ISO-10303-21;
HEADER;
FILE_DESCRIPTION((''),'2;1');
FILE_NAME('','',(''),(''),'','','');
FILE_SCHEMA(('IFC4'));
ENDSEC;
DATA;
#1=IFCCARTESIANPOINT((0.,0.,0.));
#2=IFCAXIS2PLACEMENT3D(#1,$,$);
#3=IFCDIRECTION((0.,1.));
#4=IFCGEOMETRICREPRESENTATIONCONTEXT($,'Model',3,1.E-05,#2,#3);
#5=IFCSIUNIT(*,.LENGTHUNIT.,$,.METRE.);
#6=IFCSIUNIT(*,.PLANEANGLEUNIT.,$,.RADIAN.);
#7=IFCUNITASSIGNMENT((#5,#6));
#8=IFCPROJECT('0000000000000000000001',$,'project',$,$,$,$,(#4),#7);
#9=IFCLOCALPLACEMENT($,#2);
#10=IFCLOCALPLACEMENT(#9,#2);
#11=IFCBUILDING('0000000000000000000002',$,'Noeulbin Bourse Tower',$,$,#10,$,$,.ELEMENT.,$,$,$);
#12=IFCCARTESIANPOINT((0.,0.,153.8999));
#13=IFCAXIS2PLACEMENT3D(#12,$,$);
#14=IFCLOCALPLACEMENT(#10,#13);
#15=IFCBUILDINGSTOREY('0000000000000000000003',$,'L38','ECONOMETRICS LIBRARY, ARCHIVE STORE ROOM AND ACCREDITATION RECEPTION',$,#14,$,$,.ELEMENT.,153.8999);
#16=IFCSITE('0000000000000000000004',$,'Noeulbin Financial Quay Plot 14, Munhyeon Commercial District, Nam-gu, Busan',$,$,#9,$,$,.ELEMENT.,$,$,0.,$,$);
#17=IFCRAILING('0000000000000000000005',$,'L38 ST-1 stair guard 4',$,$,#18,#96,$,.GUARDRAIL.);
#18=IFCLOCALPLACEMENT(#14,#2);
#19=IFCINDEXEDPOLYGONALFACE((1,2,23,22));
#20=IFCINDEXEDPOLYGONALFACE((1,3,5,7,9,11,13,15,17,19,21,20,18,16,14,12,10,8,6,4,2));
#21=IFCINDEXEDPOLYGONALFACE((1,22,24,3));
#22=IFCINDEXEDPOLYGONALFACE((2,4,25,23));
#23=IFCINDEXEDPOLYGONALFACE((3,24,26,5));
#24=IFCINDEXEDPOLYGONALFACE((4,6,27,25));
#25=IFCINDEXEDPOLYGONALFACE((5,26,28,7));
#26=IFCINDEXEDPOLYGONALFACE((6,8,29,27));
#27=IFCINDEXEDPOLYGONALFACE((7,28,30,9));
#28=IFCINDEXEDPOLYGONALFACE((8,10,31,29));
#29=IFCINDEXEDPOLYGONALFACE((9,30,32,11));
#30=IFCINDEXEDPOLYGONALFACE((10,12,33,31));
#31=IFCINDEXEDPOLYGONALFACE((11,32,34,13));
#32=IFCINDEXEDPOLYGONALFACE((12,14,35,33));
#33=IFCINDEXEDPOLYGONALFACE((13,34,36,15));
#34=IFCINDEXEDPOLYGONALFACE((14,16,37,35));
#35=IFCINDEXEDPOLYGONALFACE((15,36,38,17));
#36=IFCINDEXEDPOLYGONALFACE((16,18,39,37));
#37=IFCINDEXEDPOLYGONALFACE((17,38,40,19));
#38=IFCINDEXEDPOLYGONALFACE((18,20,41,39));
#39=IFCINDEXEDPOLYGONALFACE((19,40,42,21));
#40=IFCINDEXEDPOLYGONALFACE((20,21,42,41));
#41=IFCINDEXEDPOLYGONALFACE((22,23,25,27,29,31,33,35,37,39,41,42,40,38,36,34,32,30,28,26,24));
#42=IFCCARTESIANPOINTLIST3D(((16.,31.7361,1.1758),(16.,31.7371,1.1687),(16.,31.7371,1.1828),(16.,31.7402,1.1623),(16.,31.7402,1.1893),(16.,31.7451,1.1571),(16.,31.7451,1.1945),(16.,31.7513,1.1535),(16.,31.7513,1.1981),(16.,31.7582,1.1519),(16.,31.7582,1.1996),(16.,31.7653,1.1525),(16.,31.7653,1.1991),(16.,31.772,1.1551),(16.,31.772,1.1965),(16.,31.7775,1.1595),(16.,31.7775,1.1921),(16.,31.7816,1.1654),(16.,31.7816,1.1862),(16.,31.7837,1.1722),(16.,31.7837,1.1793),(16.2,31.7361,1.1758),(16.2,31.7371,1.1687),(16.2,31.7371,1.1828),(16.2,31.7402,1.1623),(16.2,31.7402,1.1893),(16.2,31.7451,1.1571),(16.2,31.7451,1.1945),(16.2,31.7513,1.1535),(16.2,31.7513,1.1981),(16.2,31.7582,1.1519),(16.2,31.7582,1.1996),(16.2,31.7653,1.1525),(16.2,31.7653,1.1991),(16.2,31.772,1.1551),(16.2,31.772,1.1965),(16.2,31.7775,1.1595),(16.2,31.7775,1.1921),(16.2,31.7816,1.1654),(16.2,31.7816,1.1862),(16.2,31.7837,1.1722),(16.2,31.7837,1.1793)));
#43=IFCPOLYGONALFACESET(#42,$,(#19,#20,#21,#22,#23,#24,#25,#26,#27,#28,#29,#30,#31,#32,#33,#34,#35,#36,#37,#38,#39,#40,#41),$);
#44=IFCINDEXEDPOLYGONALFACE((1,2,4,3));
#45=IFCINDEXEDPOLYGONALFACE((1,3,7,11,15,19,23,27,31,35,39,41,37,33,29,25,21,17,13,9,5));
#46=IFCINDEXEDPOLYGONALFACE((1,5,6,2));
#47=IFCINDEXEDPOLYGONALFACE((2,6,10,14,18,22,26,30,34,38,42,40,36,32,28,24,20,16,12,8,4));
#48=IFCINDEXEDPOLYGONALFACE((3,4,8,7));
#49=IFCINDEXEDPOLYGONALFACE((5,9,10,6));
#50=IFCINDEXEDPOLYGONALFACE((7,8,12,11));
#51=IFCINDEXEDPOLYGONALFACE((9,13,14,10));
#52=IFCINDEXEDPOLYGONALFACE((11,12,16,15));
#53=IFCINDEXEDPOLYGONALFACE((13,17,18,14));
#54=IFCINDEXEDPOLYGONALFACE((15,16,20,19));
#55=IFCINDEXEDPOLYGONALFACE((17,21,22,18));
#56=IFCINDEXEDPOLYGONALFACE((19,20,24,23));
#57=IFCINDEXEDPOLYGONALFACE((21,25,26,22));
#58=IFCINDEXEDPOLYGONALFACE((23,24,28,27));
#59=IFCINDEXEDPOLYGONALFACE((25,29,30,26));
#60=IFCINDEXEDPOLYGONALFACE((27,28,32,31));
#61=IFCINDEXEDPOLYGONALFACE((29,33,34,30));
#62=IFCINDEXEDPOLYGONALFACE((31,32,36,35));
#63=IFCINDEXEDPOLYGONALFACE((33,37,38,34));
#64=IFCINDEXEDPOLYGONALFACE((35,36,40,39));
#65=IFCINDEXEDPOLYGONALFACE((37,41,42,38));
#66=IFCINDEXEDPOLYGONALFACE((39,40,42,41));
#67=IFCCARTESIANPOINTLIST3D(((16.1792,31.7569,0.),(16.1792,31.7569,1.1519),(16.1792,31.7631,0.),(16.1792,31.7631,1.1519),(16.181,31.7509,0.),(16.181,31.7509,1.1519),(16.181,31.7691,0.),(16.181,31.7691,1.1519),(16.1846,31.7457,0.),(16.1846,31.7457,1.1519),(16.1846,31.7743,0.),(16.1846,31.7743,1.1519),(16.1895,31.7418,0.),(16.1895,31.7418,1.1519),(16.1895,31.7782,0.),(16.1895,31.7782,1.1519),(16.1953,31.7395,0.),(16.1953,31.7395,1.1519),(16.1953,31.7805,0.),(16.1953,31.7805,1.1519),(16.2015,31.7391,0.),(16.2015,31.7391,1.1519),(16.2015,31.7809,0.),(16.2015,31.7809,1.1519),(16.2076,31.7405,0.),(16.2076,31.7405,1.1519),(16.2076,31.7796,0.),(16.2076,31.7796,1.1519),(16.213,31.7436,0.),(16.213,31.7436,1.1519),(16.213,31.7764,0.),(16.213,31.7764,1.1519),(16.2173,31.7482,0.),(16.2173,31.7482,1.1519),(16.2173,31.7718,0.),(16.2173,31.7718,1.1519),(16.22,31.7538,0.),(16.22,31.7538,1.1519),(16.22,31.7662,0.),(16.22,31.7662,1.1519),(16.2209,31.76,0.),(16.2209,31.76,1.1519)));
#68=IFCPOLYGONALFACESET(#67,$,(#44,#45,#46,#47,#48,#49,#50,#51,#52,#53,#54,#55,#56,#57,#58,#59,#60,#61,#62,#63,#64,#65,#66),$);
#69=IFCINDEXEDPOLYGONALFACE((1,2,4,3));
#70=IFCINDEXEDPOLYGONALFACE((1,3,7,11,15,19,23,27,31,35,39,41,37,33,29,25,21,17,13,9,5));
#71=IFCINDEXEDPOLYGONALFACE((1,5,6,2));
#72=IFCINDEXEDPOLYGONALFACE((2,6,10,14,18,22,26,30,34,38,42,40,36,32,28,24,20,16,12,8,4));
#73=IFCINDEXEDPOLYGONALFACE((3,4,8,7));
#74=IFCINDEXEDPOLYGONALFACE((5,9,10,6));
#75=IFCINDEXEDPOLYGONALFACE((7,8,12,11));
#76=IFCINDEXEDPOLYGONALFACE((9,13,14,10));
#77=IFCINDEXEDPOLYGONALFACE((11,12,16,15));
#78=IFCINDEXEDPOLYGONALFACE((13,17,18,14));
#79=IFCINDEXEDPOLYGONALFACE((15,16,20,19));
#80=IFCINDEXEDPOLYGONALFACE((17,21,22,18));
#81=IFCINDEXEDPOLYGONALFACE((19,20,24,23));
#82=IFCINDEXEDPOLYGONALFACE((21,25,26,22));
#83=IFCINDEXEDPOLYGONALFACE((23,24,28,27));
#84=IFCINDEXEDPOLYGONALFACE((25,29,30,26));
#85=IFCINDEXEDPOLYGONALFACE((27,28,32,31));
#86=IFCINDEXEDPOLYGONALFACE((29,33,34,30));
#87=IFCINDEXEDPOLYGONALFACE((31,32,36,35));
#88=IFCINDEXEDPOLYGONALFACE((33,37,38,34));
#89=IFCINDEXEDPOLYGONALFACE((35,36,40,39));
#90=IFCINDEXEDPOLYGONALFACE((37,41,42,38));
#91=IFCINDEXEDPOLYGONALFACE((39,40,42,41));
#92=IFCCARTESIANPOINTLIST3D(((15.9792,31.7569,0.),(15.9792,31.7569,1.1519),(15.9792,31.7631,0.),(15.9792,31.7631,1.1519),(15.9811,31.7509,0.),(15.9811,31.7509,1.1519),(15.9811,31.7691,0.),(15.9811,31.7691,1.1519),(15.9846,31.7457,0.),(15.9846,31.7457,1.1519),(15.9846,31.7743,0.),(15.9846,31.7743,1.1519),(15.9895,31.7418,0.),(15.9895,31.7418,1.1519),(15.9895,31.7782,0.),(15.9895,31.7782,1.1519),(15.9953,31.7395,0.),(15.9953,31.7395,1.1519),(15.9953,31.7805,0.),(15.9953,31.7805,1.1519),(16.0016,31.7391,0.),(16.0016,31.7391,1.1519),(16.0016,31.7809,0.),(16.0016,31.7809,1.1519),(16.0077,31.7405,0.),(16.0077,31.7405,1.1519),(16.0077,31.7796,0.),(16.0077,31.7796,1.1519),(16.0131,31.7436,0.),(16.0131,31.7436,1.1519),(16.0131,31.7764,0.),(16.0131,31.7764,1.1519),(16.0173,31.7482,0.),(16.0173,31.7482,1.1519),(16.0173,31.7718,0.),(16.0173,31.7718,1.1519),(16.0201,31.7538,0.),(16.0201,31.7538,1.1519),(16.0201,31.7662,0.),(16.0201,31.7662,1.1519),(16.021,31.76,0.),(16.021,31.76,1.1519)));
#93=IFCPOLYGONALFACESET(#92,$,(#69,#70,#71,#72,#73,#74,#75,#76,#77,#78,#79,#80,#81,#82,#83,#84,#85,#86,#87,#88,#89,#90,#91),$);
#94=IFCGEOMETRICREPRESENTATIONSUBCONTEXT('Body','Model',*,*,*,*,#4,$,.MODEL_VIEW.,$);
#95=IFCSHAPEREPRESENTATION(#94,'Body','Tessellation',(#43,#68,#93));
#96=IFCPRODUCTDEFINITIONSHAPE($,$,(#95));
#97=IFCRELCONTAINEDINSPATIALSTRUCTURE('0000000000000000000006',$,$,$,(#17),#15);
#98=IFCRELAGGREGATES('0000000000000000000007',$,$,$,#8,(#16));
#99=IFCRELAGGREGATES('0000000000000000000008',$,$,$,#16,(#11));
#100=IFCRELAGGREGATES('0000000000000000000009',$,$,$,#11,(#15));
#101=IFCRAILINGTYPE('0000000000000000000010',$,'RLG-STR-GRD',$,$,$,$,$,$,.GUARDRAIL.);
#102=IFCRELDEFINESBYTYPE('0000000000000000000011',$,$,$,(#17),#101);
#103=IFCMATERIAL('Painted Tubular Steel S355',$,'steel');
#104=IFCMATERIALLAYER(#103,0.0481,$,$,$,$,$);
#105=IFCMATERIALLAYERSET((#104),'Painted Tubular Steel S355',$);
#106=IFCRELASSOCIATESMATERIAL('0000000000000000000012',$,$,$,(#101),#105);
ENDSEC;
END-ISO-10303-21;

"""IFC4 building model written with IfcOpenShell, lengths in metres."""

from ifc_helpers import new_model, si_unit, direction, frame, origin, origin_2d, place, context, subcontext, project, spatial, circle, extrude, material, layer, layer_set, type_object, element, save


model = new_model("IFC4")

# Units and contexts
model_context = context("Model", 3, precision=1e-05, world=origin(), true_north=direction((0.0, 1.0)))
body_context = subcontext(model_context, "Body", "Model", "MODEL_VIEW")
ifc_project = project(units=[si_unit("LENGTHUNIT", "METRE"), si_unit("PLANEANGLEUNIT", "RADIAN")], contexts=[model_context])

# Site, building, storey
site_placement = place(None, origin())
site = spatial("IfcSite", under=ifc_project, at=site_placement, Name="Noeulbin Financial Quay Plot 14, Munhyeon Commercial District, Nam-gu, Busan", CompositionType="ELEMENT", RefElevation=0.0)
building_placement = place(site_placement, origin())
building = spatial("IfcBuilding", under=site, at=building_placement, Name="Noeulbin Bourse Tower", CompositionType="ELEMENT")
storey_placement = place(building_placement, frame((0.0, 0.0, 153.8999)))
storey = spatial("IfcBuildingStorey", under=building, at=storey_placement, Name="L38", Description="ECONOMETRICS LIBRARY, ARCHIVE STORE ROOM AND ACCREDITATION RECEPTION", CompositionType="ELEMENT", Elevation=153.8999)

# Railing
ifc_material_1 = material(Name="Painted Tubular Steel S355", Category="steel")
ifc_layer_1 = layer(ifc_material_1, 0.0481)
ifc_layer_set_1 = layer_set([ifc_layer_1], Name="Painted Tubular Steel S355")
railing_type_1 = type_object("IfcRailingType", Name="RLG-STR-GRD", PredefinedType="GUARDRAIL", material=ifc_layer_set_1)
railing_1_placement = place(storey_placement, frame((16.2, 31.76, 0.0)))
element("IfcRailing", 1, at=railing_1_placement, inside=storey, type_object=railing_type_1, Name="L38 ST-1 stair guard 4", PredefinedType="GUARDRAIL", context=body_context, shape_type="SweptSolid", body=[
    extrude(circle(Radius=0.0239, at=origin_2d()), frame((0.0, 0.0, 1.1758), z_axis=(-1.0, 0.0, 0.0), x_axis=(0.0, -1.0, 0.0)), (0.0, 0.0, 1.0), 0.2),
    extrude(circle(Radius=0.021, at=origin_2d()), origin(), (0.0, 0.0, 1.0), 1.1519),
    extrude(circle(Radius=0.021, at=origin_2d()), frame((-0.2, 0.0, 0.0)), (0.0, 0.0, 1.0), 1.1519),
])

save(model, "model.ifc")
